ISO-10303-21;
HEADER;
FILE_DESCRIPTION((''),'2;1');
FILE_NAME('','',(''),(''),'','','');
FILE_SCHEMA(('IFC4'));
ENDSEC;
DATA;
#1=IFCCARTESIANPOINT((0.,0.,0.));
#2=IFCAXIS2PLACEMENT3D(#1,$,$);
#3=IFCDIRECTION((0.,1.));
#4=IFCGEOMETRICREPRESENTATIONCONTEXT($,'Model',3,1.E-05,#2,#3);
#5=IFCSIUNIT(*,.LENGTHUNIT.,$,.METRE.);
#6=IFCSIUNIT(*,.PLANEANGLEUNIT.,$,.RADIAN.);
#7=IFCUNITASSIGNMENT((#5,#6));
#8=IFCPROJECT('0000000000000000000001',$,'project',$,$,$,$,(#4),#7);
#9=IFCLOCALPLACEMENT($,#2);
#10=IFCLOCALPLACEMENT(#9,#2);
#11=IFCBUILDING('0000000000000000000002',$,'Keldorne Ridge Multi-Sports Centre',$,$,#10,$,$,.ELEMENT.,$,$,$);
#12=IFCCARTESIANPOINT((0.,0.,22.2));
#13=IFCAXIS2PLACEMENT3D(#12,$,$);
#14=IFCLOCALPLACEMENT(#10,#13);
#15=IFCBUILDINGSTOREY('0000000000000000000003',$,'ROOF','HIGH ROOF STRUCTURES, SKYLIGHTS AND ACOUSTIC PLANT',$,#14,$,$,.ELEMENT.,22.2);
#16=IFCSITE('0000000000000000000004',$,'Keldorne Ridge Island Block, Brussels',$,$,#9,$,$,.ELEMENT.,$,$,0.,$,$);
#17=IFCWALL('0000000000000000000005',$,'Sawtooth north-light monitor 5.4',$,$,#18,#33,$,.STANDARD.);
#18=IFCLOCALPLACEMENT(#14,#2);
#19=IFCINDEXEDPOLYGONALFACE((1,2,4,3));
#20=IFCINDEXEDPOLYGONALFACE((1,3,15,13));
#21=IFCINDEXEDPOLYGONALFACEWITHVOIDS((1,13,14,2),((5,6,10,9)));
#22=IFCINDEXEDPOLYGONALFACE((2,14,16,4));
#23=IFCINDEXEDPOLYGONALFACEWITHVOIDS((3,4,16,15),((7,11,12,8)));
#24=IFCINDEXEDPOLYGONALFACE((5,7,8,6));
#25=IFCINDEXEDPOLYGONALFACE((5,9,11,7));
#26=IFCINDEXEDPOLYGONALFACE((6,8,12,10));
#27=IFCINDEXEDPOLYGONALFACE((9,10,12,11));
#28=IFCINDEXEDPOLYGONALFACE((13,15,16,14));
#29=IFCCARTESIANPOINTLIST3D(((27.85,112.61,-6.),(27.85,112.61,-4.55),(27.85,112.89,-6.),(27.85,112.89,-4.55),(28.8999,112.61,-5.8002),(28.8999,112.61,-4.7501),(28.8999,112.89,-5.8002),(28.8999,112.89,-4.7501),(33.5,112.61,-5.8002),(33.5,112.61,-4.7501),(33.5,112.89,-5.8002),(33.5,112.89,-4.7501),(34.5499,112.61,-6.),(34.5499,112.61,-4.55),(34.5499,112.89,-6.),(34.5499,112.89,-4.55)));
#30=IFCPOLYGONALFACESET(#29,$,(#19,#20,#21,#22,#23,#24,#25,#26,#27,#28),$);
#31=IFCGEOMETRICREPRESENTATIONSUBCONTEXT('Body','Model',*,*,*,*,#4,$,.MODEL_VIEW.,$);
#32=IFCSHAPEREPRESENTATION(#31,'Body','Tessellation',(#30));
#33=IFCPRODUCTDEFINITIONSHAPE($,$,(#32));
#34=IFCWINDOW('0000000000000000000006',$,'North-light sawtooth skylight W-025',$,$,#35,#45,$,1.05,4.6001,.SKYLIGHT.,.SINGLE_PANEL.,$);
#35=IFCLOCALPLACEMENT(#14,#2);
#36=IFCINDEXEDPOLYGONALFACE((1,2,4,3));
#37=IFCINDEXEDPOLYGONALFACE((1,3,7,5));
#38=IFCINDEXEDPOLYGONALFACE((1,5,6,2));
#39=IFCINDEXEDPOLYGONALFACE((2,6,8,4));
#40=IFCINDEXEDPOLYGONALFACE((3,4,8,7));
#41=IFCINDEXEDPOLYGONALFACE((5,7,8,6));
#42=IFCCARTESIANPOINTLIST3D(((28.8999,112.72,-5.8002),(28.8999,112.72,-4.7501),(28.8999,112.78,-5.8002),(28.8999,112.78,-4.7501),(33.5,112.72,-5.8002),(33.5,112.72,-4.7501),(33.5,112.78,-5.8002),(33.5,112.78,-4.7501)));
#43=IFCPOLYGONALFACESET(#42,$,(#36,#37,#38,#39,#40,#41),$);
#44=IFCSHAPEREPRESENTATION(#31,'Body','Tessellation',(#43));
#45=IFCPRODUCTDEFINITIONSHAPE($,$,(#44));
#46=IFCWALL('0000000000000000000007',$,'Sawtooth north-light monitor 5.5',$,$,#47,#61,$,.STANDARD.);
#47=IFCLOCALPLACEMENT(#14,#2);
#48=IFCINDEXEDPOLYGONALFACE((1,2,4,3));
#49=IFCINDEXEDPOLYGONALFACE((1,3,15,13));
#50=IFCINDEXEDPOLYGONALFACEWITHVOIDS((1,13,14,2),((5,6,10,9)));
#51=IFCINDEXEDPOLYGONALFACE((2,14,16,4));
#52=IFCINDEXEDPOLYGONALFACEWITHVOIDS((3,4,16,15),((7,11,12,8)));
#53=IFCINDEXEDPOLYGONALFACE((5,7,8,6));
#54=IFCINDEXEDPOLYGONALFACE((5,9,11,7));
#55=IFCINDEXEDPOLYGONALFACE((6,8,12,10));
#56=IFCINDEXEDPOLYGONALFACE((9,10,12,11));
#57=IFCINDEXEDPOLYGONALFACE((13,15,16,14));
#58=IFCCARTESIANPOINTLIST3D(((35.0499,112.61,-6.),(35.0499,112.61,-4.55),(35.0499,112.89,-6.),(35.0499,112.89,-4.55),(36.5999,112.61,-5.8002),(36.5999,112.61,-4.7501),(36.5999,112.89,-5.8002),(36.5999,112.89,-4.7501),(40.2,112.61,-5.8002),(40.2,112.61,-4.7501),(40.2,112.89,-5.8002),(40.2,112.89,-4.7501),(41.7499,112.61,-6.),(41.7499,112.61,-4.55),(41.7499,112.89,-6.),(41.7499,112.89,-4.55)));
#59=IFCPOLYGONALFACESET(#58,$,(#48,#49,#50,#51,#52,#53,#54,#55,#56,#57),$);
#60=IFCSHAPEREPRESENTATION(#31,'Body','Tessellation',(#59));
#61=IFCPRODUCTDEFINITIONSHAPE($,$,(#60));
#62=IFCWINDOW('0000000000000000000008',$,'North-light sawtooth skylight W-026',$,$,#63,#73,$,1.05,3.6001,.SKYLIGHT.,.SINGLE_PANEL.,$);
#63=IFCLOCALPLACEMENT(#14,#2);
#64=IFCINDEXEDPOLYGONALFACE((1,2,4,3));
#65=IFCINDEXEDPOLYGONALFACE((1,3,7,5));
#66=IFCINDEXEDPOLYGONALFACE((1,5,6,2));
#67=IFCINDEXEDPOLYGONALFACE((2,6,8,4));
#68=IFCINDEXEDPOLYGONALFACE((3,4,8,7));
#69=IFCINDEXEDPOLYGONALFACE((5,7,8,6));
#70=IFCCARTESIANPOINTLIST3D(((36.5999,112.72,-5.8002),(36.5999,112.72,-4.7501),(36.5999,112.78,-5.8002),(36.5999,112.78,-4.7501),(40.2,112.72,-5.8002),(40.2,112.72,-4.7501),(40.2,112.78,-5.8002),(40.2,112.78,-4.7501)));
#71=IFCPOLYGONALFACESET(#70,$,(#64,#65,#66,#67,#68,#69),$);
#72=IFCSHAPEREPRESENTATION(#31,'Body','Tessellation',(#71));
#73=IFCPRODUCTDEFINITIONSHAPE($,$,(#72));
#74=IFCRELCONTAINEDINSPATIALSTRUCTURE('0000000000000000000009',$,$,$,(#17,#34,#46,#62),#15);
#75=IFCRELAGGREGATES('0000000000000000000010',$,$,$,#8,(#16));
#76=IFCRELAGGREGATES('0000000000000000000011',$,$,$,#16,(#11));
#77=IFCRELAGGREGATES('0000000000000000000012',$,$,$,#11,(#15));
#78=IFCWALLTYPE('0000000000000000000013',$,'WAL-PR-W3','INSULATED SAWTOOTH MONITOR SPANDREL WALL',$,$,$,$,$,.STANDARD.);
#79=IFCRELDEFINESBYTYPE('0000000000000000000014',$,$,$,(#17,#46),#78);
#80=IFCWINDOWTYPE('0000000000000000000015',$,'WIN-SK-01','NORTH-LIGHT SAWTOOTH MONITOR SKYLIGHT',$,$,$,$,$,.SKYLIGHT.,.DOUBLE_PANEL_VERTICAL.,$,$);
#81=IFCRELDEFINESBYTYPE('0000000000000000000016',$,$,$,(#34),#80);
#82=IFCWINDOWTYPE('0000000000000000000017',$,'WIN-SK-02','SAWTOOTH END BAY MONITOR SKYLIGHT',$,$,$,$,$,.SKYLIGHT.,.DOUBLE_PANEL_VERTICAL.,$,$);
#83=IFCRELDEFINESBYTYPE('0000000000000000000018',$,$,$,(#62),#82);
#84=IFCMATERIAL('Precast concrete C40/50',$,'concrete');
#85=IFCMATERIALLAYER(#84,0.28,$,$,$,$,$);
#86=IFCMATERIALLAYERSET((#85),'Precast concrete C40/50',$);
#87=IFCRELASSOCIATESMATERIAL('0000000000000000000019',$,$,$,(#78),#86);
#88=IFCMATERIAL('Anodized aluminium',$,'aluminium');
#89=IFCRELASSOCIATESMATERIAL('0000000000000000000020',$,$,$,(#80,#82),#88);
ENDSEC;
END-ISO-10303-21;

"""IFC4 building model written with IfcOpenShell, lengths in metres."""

from ifc_helpers import new_model, si_unit, direction, frame, frame_2d, origin, place, context, subcontext, project, spatial, rectangle, extrude, material, layer, layer_set, type_object, element, fill, save


model = new_model("IFC4")

# Units and contexts
model_context = context("Model", 3, precision=1e-05, world=origin(), true_north=direction((0.0, 1.0)))
body_context = subcontext(model_context, "Body", "Model", "MODEL_VIEW")
ifc_project = project(units=[si_unit("LENGTHUNIT", "METRE"), si_unit("PLANEANGLEUNIT", "RADIAN")], contexts=[model_context])

# Site, building, storey
site_placement = place(None, origin())
site = spatial("IfcSite", under=ifc_project, at=site_placement, Name="Keldorne Ridge Island Block, Brussels", CompositionType="ELEMENT", RefElevation=0.0)
building_placement = place(site_placement, origin())
building = spatial("IfcBuilding", under=site, at=building_placement, Name="Keldorne Ridge Multi-Sports Centre", CompositionType="ELEMENT")
storey_placement = place(building_placement, frame((0.0, 0.0, 22.2)))
storey = spatial("IfcBuildingStorey", under=building, at=storey_placement, Name="ROOF", Description="HIGH ROOF STRUCTURES, SKYLIGHTS AND ACOUSTIC PLANT", CompositionType="ELEMENT", Elevation=22.2)

# Walls, openings, windows
ifc_material_1 = material(Name="Precast concrete C40/50", Category="concrete")
ifc_layer = layer(ifc_material_1, 0.28)
ifc_layer_set = layer_set([ifc_layer], Name="Precast concrete C40/50")
wall_type = type_object("IfcWallType", Name="WAL-PR-W3", Description="INSULATED SAWTOOTH MONITOR SPANDREL WALL", PredefinedType="STANDARD", material=ifc_layer_set)
ifc_material_2 = material(Name="Anodized aluminium", Category="aluminium")
wall_1_placement = place(storey_placement, frame((34.55, 112.75, -6.0), z_axis=(0.0, 0.0, 1.0), x_axis=(-1.0, 0.0, 0.0)))
wall_1 = element("IfcWall", 1, at=wall_1_placement, inside=storey, type_object=wall_type, Name="Sawtooth north-light monitor 5.4", PredefinedType="STANDARD", context=body_context, shape_type="SweptSolid", body=[
    extrude(rectangle(XDim=6.7, YDim=0.28, at=frame_2d((3.3501, 0.0))), origin(), (0.0, 0.0, 1.0), 1.45),
])
opening_1_placement = place(wall_1_placement, frame((1.05, 0.0, 0.2)))
opening_1 = element("IfcOpeningElement", 2, at=opening_1_placement, cuts=wall_1, PredefinedType="OPENING", context=body_context, shape_type="SweptSolid", body=[
    extrude(rectangle(XDim=4.6001, YDim=1.05, at=frame_2d((2.3, 0.5249))), frame((0.0, 0.1499, 0.0), z_axis=(0.0, -1.0, 0.0), x_axis=(1.0, 0.0, 0.0)), (0.0, 0.0, 1.0), 0.3),
])
window_type_1 = type_object("IfcWindowType", Name="WIN-SK-01", Description="NORTH-LIGHT SAWTOOTH MONITOR SKYLIGHT", PartitioningType="DOUBLE_PANEL_VERTICAL", PredefinedType="SKYLIGHT", material=ifc_material_2)
window_1_placement = place(opening_1_placement, origin())
window_1 = element("IfcWindow", 3, at=window_1_placement, inside=storey, type_object=window_type_1, Name="North-light sawtooth skylight W-025", OverallHeight=1.05, OverallWidth=4.6001, PartitioningType="SINGLE_PANEL", PredefinedType="SKYLIGHT", context=body_context, shape_type="SweptSolid", body=[
    extrude(rectangle(XDim=4.6001, YDim=1.05, at=frame_2d((2.3, 0.5249))), frame((0.0, 0.03, 0.0), z_axis=(0.0, -1.0, 0.0), x_axis=(1.0, 0.0, 0.0)), (0.0, 0.0, 1.0), 0.0601),
])
fill(opening_1, window_1)
wall_2_placement = place(storey_placement, frame((41.75, 112.75, -6.0), z_axis=(0.0, 0.0, 1.0), x_axis=(-1.0, 0.0, 0.0)))
wall_2 = element("IfcWall", 4, at=wall_2_placement, inside=storey, type_object=wall_type, Name="Sawtooth north-light monitor 5.5", PredefinedType="STANDARD", context=body_context, shape_type="SweptSolid", body=[
    extrude(rectangle(XDim=6.7, YDim=0.28, at=frame_2d((3.3501, 0.0))), origin(), (0.0, 0.0, 1.0), 1.45),
])
opening_2_placement = place(wall_2_placement, frame((1.55, 0.0, 0.2)))
opening_2 = element("IfcOpeningElement", 5, at=opening_2_placement, cuts=wall_2, PredefinedType="OPENING", context=body_context, shape_type="SweptSolid", body=[
    extrude(rectangle(XDim=3.6001, YDim=1.05, at=frame_2d((1.8, 0.5249))), frame((0.0, 0.1499, 0.0), z_axis=(0.0, -1.0, 0.0), x_axis=(1.0, 0.0, 0.0)), (0.0, 0.0, 1.0), 0.3),
])
window_type_2 = type_object("IfcWindowType", Name="WIN-SK-02", Description="SAWTOOTH END BAY MONITOR SKYLIGHT", PartitioningType="DOUBLE_PANEL_VERTICAL", PredefinedType="SKYLIGHT", material=ifc_material_2)
window_2_placement = place(opening_2_placement, origin())
window_2 = element("IfcWindow", 6, at=window_2_placement, inside=storey, type_object=window_type_2, Name="North-light sawtooth skylight W-026", OverallHeight=1.05, OverallWidth=3.6001, PartitioningType="SINGLE_PANEL", PredefinedType="SKYLIGHT", context=body_context, shape_type="SweptSolid", body=[
    extrude(rectangle(XDim=3.6001, YDim=1.05, at=frame_2d((1.8, 0.5249))), frame((0.0, 0.03, 0.0), z_axis=(0.0, -1.0, 0.0), x_axis=(1.0, 0.0, 0.0)), (0.0, 0.0, 1.0), 0.0601),
])
fill(opening_2, window_2)

save(model, "model.ifc")
